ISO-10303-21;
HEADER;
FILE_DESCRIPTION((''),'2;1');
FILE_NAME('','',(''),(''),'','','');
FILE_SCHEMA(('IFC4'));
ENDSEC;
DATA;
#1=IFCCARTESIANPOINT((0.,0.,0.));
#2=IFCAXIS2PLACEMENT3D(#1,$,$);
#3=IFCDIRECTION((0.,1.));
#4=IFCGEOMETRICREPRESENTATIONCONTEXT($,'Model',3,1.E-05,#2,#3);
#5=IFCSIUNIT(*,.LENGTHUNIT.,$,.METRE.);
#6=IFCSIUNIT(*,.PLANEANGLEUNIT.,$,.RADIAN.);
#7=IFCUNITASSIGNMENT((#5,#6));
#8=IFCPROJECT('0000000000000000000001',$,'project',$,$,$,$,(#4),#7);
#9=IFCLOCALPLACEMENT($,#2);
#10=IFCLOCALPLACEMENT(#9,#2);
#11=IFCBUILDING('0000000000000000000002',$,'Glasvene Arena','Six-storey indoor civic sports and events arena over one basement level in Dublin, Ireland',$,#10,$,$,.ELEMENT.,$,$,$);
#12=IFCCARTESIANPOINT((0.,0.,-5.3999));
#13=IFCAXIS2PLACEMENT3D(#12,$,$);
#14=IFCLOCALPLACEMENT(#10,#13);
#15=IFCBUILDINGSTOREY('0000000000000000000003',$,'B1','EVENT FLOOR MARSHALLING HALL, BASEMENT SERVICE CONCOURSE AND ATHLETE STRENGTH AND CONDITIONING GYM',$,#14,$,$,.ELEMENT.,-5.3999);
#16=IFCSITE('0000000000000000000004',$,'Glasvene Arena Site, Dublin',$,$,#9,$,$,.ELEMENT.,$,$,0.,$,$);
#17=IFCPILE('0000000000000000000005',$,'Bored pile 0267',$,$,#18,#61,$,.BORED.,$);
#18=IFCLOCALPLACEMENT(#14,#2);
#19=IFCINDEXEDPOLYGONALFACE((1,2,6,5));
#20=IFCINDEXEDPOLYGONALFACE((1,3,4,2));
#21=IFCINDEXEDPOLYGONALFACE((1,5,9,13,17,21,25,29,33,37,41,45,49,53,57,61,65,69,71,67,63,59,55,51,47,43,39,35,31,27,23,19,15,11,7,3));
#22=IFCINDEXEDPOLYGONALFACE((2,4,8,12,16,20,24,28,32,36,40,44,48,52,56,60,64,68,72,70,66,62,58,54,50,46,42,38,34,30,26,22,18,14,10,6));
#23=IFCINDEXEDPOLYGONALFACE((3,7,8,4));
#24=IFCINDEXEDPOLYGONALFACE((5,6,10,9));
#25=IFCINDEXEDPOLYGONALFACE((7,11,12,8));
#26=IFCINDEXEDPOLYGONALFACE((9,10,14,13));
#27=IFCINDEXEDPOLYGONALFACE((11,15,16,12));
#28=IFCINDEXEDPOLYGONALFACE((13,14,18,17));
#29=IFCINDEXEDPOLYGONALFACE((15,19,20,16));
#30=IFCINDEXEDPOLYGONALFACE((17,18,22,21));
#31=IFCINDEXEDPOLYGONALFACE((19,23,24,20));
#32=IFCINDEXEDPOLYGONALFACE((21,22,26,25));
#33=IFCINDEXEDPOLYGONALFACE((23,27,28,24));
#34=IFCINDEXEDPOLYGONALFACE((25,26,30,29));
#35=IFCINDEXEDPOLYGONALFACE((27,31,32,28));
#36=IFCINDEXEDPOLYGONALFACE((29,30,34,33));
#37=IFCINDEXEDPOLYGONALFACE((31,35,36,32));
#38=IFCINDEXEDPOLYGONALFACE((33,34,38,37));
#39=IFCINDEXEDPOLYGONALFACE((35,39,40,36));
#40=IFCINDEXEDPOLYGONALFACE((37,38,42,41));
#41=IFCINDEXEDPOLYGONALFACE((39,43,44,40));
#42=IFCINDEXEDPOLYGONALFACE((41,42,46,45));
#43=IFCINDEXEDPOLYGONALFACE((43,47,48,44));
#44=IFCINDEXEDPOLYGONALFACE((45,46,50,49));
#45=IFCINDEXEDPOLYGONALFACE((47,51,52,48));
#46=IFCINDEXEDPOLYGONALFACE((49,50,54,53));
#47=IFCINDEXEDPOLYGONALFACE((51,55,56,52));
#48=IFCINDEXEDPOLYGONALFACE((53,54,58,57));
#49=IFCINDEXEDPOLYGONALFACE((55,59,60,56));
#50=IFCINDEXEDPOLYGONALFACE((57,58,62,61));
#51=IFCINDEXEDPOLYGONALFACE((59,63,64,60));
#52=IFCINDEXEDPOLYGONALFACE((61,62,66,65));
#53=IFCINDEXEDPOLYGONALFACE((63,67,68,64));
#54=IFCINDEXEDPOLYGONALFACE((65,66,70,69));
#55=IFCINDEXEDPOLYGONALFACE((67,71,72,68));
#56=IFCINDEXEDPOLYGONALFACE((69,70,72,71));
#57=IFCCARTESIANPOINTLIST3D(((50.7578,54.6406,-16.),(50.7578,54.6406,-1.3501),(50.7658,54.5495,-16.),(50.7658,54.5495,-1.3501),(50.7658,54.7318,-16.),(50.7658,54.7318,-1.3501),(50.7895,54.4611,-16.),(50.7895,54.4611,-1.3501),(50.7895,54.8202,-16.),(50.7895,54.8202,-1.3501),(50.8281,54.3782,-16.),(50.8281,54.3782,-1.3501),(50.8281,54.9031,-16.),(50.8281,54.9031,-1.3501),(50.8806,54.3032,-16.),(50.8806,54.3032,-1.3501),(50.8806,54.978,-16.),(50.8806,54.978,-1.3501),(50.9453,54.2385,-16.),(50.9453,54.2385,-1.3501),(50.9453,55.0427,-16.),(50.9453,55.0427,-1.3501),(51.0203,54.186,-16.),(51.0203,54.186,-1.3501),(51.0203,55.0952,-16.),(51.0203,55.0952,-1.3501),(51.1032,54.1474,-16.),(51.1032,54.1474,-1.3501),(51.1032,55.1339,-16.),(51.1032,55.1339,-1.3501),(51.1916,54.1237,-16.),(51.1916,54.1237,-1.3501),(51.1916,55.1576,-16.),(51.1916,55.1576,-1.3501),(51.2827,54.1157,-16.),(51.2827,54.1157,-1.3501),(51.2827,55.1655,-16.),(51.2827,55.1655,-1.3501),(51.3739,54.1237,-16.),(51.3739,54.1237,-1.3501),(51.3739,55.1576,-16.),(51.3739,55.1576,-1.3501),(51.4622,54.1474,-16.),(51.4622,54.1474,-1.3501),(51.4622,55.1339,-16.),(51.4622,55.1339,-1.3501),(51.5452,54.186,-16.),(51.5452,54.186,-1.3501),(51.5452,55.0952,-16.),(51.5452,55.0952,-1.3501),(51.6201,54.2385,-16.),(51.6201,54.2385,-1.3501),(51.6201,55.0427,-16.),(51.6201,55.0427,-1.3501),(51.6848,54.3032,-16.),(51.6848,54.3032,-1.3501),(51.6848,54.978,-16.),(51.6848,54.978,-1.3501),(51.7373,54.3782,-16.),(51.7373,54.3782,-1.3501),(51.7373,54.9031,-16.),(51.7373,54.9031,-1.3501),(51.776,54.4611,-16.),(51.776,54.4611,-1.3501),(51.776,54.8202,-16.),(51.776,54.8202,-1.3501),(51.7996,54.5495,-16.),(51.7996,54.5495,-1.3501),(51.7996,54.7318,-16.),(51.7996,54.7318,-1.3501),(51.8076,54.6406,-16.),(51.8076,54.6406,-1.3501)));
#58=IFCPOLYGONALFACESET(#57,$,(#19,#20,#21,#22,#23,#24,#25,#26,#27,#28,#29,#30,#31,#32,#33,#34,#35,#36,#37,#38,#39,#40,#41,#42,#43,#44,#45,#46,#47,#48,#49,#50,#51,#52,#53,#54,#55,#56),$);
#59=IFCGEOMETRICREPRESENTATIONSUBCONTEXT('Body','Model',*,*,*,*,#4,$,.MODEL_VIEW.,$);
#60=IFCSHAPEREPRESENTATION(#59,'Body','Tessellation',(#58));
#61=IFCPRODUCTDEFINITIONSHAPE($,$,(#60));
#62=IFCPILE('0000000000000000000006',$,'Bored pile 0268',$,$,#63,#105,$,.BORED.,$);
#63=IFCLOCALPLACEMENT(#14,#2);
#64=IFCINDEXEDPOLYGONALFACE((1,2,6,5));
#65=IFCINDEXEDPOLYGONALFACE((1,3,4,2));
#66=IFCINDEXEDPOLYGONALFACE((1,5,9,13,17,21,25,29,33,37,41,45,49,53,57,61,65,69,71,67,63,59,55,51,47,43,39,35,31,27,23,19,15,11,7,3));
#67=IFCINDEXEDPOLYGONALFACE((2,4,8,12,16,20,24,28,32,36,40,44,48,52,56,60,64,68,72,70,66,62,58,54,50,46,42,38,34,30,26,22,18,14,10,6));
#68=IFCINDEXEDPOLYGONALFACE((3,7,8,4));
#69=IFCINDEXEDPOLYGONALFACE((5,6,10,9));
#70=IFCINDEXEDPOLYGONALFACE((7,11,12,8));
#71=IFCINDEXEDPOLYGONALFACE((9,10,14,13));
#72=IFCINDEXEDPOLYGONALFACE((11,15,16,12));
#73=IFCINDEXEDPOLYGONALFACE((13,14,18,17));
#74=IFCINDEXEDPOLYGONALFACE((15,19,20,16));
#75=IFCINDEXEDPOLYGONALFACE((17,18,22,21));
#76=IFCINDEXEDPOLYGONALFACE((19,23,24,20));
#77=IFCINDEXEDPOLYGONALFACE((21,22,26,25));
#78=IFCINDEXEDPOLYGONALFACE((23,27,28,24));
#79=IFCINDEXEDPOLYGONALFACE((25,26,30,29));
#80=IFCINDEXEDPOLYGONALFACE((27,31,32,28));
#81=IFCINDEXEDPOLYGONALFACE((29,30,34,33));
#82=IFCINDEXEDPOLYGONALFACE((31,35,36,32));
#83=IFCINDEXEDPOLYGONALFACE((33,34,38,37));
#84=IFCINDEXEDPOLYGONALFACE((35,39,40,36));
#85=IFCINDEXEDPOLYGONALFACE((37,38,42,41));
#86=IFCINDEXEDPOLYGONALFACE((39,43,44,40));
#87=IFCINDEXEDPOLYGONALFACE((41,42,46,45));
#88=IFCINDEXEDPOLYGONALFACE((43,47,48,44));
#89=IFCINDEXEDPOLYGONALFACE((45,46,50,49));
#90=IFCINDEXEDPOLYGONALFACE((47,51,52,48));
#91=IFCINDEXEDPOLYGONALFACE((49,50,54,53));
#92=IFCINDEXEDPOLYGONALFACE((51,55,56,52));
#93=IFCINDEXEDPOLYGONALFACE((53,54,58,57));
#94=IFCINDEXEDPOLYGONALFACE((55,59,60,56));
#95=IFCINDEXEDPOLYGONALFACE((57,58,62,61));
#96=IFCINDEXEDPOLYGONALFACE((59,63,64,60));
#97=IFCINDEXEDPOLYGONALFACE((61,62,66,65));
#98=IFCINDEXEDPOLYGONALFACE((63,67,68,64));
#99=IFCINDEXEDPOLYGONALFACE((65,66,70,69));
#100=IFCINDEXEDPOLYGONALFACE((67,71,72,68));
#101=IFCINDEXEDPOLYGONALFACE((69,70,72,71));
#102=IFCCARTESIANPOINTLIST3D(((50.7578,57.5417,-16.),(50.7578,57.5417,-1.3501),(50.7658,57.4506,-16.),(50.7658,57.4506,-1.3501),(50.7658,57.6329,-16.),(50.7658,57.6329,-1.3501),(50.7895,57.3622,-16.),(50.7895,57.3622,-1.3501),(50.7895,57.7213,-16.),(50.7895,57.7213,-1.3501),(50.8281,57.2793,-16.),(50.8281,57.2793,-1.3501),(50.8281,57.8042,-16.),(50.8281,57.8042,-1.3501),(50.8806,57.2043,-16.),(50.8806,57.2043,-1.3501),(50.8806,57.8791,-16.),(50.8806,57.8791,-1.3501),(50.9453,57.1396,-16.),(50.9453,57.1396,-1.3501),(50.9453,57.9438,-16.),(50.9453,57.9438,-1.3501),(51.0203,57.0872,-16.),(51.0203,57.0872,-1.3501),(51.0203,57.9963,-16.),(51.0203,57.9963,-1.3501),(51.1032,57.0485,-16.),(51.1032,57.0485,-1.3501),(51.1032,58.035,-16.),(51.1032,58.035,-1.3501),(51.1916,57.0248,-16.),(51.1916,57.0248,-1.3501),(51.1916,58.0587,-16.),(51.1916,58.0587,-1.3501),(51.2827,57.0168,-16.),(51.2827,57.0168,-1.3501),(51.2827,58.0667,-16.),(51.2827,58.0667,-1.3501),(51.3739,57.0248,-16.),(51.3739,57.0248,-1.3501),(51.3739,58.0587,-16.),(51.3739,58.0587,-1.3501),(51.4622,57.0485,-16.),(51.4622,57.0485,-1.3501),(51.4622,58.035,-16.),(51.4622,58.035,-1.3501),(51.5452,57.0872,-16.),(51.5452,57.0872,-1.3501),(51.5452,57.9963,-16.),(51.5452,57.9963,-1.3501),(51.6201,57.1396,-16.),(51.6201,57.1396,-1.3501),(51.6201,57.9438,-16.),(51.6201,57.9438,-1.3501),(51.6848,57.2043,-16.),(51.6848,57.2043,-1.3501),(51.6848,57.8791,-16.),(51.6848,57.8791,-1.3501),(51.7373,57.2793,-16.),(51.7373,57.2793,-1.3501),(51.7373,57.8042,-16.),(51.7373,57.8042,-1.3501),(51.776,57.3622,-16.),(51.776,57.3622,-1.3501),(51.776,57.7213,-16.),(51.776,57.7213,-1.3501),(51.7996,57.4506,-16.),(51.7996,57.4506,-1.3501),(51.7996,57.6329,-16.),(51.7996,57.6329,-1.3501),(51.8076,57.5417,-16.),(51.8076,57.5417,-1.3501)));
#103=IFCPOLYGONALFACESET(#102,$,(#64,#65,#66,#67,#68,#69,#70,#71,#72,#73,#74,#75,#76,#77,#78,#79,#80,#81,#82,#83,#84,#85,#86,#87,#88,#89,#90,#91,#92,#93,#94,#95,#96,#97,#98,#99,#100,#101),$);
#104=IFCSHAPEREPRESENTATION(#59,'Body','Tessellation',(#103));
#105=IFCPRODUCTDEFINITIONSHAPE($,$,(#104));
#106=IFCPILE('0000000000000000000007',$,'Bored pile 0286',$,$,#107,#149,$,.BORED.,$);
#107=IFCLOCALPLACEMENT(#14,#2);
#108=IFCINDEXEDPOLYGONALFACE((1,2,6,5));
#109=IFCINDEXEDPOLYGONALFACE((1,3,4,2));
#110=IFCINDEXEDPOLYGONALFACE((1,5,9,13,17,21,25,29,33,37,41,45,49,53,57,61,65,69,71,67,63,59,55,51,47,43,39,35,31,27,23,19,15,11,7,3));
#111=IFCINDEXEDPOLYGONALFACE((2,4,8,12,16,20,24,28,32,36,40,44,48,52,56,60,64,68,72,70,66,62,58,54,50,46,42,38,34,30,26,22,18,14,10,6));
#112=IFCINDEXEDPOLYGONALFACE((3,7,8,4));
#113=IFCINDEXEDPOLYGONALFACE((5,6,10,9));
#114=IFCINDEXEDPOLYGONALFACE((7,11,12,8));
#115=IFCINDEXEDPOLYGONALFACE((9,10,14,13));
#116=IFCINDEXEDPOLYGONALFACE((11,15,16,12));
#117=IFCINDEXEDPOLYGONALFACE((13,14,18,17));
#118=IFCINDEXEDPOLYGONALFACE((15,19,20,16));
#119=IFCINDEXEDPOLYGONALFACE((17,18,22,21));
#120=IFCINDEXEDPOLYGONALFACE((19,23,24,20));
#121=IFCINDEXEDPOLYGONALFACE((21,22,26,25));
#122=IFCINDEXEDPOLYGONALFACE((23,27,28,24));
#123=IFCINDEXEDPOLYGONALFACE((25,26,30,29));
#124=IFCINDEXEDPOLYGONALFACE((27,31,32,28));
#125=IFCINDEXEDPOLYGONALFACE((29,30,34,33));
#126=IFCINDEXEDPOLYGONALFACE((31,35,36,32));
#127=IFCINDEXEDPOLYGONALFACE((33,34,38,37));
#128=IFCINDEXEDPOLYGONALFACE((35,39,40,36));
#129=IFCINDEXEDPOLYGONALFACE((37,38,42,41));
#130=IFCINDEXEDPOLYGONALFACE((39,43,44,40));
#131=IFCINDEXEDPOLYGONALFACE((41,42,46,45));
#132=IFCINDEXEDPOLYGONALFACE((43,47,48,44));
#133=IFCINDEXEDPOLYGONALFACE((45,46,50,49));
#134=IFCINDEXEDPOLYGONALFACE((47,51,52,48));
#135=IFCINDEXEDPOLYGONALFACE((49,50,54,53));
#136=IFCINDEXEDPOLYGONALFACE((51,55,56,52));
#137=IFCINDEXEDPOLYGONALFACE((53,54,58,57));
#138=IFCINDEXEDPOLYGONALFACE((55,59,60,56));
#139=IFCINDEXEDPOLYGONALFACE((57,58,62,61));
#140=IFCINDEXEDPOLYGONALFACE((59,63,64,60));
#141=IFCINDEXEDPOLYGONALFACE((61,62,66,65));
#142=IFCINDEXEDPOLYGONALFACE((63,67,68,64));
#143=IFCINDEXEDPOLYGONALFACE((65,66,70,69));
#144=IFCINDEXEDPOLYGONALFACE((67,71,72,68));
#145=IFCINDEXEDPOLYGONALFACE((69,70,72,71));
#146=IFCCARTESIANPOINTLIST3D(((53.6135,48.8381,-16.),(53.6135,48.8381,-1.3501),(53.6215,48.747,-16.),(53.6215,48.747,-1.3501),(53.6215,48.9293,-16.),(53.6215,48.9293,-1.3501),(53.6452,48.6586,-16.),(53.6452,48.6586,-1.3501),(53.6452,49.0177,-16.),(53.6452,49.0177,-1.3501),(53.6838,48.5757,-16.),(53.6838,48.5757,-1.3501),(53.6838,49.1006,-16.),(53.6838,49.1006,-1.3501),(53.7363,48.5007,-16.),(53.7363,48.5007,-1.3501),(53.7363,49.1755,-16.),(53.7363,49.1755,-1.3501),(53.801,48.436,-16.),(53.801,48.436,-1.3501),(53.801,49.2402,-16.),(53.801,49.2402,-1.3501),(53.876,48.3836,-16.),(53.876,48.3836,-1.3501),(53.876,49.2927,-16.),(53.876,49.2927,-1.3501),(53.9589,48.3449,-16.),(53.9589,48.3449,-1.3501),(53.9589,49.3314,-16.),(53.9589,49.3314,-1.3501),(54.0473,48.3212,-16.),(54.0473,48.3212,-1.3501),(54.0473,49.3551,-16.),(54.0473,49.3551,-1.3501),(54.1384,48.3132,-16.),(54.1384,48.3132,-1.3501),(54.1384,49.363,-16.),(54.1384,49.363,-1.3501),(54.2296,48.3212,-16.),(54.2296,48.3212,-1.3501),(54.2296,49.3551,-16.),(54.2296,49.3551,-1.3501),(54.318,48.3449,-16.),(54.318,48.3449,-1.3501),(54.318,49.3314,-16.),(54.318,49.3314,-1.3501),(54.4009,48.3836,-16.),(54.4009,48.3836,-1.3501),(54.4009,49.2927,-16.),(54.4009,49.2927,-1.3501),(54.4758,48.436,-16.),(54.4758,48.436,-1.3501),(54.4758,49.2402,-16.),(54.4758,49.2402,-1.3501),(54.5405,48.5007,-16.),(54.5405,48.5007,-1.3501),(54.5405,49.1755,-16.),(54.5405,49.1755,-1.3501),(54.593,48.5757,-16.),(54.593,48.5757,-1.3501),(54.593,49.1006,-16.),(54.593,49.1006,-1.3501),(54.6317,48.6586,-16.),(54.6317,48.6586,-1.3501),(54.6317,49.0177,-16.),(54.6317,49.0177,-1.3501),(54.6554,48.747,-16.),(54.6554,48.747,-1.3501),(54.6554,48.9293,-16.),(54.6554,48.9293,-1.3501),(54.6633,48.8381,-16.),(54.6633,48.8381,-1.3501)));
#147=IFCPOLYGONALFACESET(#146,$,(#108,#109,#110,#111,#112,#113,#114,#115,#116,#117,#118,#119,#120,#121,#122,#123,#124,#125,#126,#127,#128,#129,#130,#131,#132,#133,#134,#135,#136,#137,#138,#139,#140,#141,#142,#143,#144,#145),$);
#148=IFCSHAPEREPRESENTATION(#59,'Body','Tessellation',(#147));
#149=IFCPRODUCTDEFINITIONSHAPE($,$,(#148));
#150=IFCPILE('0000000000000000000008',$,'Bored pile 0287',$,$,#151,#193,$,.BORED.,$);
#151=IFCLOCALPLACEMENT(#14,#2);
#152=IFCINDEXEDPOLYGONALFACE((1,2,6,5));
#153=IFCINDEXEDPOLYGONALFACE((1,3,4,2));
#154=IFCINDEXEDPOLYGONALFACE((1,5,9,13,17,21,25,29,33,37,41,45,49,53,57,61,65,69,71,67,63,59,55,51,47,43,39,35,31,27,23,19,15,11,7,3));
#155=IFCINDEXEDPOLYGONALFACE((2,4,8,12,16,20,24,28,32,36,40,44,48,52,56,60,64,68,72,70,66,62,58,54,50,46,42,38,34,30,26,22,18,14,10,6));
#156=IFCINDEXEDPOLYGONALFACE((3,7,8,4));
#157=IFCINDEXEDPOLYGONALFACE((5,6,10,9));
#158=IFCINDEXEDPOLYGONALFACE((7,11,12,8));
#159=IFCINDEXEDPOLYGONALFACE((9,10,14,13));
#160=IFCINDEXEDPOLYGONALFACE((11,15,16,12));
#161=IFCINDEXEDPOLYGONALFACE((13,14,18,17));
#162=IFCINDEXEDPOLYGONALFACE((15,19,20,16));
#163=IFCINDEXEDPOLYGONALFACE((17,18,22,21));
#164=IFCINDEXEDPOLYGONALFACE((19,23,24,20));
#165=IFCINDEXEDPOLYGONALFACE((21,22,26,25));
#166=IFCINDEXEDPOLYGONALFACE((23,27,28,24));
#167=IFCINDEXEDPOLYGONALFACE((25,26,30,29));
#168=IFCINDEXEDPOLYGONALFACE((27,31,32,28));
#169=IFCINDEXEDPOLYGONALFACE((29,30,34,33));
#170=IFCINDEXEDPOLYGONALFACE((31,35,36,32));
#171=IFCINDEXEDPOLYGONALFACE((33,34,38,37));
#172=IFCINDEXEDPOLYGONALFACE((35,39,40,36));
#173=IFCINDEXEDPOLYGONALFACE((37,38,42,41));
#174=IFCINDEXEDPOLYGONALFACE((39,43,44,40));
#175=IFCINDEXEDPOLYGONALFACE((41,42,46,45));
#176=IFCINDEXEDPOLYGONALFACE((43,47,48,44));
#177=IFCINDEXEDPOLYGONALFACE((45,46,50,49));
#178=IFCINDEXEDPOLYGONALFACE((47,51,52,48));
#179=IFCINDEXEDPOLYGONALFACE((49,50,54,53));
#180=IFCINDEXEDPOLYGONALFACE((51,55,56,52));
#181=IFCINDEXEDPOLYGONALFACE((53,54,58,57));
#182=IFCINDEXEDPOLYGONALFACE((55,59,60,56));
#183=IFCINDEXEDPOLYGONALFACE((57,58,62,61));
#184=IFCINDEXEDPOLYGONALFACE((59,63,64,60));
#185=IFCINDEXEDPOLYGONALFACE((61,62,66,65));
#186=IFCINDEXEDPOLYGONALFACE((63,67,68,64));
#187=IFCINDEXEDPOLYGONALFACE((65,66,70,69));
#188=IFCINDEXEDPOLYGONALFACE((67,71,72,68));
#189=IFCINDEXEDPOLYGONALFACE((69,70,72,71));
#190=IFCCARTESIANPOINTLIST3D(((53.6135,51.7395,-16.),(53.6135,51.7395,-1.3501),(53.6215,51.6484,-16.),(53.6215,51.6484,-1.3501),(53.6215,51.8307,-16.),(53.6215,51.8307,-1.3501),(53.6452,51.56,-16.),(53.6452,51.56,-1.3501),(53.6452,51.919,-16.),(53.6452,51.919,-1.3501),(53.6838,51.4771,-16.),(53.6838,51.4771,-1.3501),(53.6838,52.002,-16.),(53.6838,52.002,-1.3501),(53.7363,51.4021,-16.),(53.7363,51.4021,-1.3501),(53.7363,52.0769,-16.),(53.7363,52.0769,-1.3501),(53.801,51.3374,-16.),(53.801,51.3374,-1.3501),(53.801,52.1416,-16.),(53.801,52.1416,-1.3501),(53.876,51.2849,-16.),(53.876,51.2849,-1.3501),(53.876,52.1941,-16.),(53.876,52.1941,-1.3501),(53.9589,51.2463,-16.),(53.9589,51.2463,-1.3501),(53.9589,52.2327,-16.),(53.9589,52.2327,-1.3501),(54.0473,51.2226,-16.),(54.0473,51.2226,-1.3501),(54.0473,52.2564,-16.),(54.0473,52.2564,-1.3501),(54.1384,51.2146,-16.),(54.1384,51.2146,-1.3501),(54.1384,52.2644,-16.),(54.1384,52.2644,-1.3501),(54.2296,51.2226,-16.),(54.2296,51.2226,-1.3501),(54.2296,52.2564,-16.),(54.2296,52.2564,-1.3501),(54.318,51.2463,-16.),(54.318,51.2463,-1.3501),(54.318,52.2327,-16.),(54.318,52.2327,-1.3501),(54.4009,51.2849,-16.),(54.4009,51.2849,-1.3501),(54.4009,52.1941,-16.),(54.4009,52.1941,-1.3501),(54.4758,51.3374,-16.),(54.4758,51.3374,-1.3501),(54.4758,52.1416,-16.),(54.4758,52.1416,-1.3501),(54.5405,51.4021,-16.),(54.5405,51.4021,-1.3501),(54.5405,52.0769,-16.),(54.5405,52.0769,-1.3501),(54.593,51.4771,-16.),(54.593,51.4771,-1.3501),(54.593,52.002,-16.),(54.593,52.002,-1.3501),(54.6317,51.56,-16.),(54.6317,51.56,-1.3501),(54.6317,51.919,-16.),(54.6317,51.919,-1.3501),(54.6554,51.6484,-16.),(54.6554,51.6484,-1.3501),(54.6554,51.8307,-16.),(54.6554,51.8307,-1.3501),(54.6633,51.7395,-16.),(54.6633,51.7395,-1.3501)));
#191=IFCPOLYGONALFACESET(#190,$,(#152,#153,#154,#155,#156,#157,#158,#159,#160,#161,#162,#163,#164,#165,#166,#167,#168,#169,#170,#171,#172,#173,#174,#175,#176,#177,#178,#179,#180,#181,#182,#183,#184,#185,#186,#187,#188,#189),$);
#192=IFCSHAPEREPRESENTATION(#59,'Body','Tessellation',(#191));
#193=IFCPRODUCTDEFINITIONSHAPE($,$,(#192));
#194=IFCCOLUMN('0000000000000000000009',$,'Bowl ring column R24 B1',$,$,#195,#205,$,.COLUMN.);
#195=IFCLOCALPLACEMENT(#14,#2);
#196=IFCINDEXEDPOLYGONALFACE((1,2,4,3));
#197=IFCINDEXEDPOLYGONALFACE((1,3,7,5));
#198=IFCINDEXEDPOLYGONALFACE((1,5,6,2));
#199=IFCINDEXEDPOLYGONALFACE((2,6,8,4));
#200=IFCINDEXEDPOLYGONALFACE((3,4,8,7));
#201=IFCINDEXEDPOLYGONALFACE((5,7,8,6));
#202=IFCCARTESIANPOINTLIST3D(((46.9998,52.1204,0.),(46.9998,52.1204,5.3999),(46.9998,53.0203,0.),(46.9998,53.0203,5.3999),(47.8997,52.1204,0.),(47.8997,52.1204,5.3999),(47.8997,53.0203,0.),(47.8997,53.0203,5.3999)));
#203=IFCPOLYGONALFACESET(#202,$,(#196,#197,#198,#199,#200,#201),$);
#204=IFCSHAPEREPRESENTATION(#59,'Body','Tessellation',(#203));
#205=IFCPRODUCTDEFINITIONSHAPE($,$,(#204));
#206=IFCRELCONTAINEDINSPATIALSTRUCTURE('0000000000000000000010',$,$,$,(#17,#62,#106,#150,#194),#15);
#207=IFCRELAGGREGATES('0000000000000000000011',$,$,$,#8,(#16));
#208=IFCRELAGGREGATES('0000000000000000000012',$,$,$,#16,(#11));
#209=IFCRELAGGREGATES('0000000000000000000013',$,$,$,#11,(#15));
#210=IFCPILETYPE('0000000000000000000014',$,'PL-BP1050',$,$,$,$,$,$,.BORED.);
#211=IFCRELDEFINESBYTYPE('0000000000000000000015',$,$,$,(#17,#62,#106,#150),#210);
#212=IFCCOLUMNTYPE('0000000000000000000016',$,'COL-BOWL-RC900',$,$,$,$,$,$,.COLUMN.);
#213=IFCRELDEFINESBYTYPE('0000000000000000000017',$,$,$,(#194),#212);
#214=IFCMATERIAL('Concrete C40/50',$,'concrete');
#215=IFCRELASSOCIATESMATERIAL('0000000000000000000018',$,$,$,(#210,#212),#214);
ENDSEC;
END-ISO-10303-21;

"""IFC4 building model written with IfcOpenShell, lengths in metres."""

from ifc_helpers import new_model, si_unit, direction, frame, origin, origin_2d, place, context, subcontext, project, spatial, rectangle, circle, extrude, material, material_profile, profile_set, type_object, element, save


model = new_model("IFC4")

# Units and contexts
model_context = context("Model", 3, precision=1e-05, world=origin(), true_north=direction((0.0, 1.0)))
body_context = subcontext(model_context, "Body", "Model", "MODEL_VIEW")
ifc_project = project(units=[si_unit("LENGTHUNIT", "METRE"), si_unit("PLANEANGLEUNIT", "RADIAN")], contexts=[model_context])

# Site, building, storey
site_placement = place(None, origin())
site = spatial("IfcSite", under=ifc_project, at=site_placement, Name="Glasvene Arena Site, Dublin", CompositionType="ELEMENT", RefElevation=0.0)
building_placement = place(site_placement, origin())
building = spatial("IfcBuilding", under=site, at=building_placement, Name="Glasvene Arena", Description="Six-storey indoor civic sports and events arena over one basement level in Dublin, Ireland", CompositionType="ELEMENT")
storey_placement = place(building_placement, frame((0.0, 0.0, -5.3999)))
storey = spatial("IfcBuildingStorey", under=building, at=storey_placement, Name="B1", Description="EVENT FLOOR MARSHALLING HALL, BASEMENT SERVICE CONCOURSE AND ATHLETE STRENGTH AND CONDITIONING GYM", CompositionType="ELEMENT", Elevation=-5.3999)

# Piles
ifc_material_1 = material(Name="Concrete C40/50", Category="concrete")
ifc_material_profile_1 = material_profile(ifc_material_1, circle(Radius=0.5249, at=origin_2d()), Name="BORED PILE 1050")
ifc_profile_set_1 = profile_set([ifc_material_profile_1], Name="Concrete C40/50")
pile_type = type_object("IfcPileType", Name="PL-BP1050", PredefinedType="BORED", material=ifc_profile_set_1)
for number, where, z_axis, x_axis, name in (
    (1, (51.2827, 54.6406, -1.3501), (0.0, 0.0, -1.0), (1.0, 0.0, 0.0), "Bored pile 0267"),
    (2, (51.2827, 57.5417, -1.3501), (0.0, 0.0, -1.0), (1.0, 0.0, 0.0), "Bored pile 0268"),
    (3, (54.1384, 48.8381, -1.3501), (0.0, 0.0, -1.0), (1.0, 0.0, 0.0), "Bored pile 0286"),
    (4, (54.1384, 51.7395, -1.3501), (0.0, 0.0, -1.0), (1.0, 0.0, 0.0), "Bored pile 0287"),
):
    element("IfcPile", number, at=place(storey_placement, frame(where, z_axis=z_axis, x_axis=x_axis)), inside=storey, type_object=pile_type, Name=name, PredefinedType="BORED", context=body_context, shape_type="SweptSolid", body=[
        extrude(circle(Radius=0.5249, at=origin_2d()), origin(), (0.0, 0.0, 1.0), 14.6499),
    ])

# Column
ifc_material_profile_2 = material_profile(ifc_material_1, rectangle(XDim=0.8999, YDim=0.8999, at=origin_2d()), Name="RC 900x900")
ifc_profile_set_2 = profile_set([ifc_material_profile_2], Name="Concrete C40/50")
column_type_1 = type_object("IfcColumnType", Name="COL-BOWL-RC900", PredefinedType="COLUMN", material=ifc_profile_set_2)
column_placement = place(storey_placement, frame((47.4497, 52.5703, 0.0), z_axis=(0.0, 0.0, 1.0), x_axis=(1.0, 0.0, 0.0)))
element("IfcColumn", 5, at=column_placement, inside=storey, type_object=column_type_1, Name="Bowl ring column R24 B1", PredefinedType="COLUMN", context=body_context, shape_type="SweptSolid", body=[
    extrude(rectangle(XDim=0.8999, YDim=0.8999, at=origin_2d()), origin(), (0.0, 0.0, 1.0), 5.3999),
])

save(model, "model.ifc")
